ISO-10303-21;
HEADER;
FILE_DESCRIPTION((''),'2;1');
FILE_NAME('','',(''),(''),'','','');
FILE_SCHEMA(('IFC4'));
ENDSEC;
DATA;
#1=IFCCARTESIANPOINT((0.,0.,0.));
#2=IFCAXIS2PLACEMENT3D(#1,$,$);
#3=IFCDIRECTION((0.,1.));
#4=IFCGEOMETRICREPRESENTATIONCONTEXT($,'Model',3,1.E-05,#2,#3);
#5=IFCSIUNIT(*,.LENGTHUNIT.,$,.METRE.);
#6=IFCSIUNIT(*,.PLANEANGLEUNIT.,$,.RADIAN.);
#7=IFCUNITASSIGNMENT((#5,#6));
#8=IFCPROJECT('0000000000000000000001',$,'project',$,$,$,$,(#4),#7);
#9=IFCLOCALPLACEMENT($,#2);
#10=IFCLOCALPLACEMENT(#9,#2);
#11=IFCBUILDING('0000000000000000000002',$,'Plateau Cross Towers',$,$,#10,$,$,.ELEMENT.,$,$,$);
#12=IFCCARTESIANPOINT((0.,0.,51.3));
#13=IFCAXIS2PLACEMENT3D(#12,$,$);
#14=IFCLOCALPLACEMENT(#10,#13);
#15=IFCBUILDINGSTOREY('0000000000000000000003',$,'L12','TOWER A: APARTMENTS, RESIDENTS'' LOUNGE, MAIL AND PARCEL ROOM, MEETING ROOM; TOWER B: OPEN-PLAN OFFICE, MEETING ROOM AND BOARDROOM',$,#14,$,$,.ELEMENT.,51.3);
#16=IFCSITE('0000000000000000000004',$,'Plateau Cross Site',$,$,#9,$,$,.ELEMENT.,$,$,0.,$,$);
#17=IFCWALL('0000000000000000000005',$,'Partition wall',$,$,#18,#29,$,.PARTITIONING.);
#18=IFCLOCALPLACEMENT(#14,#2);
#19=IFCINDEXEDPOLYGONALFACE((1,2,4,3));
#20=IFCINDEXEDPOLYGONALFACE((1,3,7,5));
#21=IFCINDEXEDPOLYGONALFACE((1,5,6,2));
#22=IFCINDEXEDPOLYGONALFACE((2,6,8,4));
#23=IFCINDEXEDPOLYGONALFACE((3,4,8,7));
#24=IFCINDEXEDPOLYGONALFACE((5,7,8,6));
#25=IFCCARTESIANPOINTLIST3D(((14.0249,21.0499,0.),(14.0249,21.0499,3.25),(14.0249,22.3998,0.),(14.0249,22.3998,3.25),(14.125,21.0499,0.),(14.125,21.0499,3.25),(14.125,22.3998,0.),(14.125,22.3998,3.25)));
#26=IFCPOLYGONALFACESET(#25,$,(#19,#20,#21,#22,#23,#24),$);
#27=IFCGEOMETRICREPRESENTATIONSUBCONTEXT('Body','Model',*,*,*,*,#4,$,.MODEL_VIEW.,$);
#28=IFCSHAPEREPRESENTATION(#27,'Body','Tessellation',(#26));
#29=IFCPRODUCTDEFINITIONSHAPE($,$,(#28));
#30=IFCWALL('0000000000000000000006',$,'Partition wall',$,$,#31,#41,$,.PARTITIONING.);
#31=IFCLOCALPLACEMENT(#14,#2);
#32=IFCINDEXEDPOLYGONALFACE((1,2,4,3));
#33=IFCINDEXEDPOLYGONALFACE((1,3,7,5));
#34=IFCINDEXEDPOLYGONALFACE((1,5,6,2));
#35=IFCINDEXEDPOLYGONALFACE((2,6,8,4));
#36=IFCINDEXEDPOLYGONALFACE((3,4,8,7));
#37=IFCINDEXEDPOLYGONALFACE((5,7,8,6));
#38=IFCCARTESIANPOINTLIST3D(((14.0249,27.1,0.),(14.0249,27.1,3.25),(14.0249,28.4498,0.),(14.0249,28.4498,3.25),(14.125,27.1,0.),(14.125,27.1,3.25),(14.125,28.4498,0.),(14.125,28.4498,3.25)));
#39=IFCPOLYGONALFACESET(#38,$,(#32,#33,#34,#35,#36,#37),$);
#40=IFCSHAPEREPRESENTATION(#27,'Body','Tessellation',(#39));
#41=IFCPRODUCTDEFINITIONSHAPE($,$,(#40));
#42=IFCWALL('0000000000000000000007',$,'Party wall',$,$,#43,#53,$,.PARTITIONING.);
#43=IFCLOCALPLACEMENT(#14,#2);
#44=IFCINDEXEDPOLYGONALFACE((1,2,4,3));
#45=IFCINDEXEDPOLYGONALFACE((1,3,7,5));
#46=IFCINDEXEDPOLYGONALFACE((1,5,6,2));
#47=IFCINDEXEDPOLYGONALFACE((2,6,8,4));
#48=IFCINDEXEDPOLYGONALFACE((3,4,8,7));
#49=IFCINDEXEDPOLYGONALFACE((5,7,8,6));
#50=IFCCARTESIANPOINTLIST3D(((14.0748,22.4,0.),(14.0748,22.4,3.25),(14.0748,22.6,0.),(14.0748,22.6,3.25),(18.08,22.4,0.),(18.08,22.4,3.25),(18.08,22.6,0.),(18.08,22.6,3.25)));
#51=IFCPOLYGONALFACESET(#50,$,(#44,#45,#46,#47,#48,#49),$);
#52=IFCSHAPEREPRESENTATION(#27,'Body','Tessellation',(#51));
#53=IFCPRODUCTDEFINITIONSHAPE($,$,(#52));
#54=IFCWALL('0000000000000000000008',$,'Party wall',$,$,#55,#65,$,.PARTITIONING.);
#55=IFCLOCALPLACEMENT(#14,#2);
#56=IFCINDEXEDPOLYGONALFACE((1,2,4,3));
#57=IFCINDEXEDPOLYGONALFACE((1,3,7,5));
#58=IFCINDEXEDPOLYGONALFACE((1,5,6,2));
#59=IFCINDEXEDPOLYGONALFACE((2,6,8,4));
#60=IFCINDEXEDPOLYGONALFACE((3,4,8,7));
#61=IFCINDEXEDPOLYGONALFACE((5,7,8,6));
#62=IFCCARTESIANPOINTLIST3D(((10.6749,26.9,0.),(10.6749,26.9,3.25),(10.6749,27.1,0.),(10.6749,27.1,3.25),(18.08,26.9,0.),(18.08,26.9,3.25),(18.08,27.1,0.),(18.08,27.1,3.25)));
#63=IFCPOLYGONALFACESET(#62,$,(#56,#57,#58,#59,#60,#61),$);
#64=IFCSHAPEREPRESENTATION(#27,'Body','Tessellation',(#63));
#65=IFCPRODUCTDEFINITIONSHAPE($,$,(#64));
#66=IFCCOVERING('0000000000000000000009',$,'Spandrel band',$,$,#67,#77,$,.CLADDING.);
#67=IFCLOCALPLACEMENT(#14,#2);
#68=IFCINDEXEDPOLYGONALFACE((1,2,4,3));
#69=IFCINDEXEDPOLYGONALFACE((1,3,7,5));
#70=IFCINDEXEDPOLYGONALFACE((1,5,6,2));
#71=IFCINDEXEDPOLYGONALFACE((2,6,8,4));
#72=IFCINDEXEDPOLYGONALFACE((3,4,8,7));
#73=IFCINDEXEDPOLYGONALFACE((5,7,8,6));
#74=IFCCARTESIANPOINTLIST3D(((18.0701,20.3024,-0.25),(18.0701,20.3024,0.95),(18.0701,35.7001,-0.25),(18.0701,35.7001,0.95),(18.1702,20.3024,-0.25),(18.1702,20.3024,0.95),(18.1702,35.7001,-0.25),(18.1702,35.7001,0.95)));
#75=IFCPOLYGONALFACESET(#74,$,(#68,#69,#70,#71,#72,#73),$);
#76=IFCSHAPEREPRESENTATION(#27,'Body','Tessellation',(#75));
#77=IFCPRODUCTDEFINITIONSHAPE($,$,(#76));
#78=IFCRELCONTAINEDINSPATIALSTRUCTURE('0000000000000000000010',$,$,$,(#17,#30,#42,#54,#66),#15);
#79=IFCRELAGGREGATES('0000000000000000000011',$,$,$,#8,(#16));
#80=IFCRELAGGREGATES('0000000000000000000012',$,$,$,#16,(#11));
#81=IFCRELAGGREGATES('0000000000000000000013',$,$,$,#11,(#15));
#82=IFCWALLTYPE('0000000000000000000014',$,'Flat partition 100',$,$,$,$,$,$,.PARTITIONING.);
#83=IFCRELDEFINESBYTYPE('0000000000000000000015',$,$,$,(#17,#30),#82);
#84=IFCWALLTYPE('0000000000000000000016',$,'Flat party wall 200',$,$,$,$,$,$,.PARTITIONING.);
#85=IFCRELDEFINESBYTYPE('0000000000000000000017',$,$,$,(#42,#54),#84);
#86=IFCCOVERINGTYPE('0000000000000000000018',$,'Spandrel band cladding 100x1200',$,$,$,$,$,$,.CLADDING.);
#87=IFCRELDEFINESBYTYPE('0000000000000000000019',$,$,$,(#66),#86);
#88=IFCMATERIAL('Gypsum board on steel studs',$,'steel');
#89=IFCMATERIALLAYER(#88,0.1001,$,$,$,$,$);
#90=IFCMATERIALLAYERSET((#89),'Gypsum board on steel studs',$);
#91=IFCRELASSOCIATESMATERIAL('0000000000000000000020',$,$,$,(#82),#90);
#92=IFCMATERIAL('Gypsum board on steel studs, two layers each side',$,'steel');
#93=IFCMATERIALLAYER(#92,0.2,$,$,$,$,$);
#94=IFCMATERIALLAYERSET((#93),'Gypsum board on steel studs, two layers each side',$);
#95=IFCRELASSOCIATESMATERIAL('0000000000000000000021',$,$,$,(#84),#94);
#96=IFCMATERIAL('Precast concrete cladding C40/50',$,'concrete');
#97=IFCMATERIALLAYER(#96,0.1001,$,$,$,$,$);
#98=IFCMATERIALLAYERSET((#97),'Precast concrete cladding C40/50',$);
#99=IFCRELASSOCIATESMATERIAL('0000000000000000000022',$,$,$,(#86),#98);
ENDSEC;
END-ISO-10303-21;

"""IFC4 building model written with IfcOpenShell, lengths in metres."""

from ifc_helpers import new_model, si_unit, direction, frame, frame_2d, origin, origin_2d, place, context, subcontext, project, spatial, rectangle, extrude, material, layer, layer_set, type_object, element, save


model = new_model("IFC4")

# Units and contexts
model_context = context("Model", 3, precision=1e-05, world=origin(), true_north=direction((0.0, 1.0)))
body_context = subcontext(model_context, "Body", "Model", "MODEL_VIEW")
ifc_project = project(units=[si_unit("LENGTHUNIT", "METRE"), si_unit("PLANEANGLEUNIT", "RADIAN")], contexts=[model_context])

# Site, building, storey
site_placement = place(None, origin())
site = spatial("IfcSite", under=ifc_project, at=site_placement, Name="Plateau Cross Site", CompositionType="ELEMENT", RefElevation=0.0)
building_placement = place(site_placement, origin())
building = spatial("IfcBuilding", under=site, at=building_placement, Name="Plateau Cross Towers", CompositionType="ELEMENT")
storey_placement = place(building_placement, frame((0.0, 0.0, 51.3)))
storey = spatial("IfcBuildingStorey", under=building, at=storey_placement, Name="L12", Description="TOWER A: APARTMENTS, RESIDENTS' LOUNGE, MAIL AND PARCEL ROOM, MEETING ROOM; TOWER B: OPEN-PLAN OFFICE, MEETING ROOM AND BOARDROOM", CompositionType="ELEMENT", Elevation=51.3)

# Shared definitions
ifc_material_1 = material(Name="Gypsum board on steel studs", Category="steel")
ifc_layer_1 = layer(ifc_material_1, 0.1001)
ifc_layer_set_1 = layer_set([ifc_layer_1], Name="Gypsum board on steel studs")
wall_type_1 = type_object("IfcWallType", Name="Flat partition 100", PredefinedType="PARTITIONING", material=ifc_layer_set_1)

# Walls
for number, where, z_axis, x_axis, name in (
    (1, (14.075, 21.05, 0.0), (0.0, 0.0, 1.0), (0.0, 1.0, 0.0), "Partition wall"),
    (2, (14.075, 27.1001, 0.0), (0.0, 0.0, 1.0), (0.0, 1.0, 0.0), "Partition wall"),
):
    element("IfcWall", number, at=place(storey_placement, frame(where, z_axis=z_axis, x_axis=x_axis)), inside=storey, type_object=wall_type_1, Name=name, PredefinedType="PARTITIONING", context=body_context, shape_type="SweptSolid", body=[
        extrude(rectangle(XDim=1.3499, YDim=0.1001, at=frame_2d((0.6748, 0.0))), origin(), (0.0, 0.0, 1.0), 3.25),
    ])
ifc_material_2 = material(Name="Gypsum board on steel studs, two layers each side", Category="steel")
ifc_layer_2 = layer(ifc_material_2, 0.2)
ifc_layer_set_2 = layer_set([ifc_layer_2], Name="Gypsum board on steel studs, two layers each side")
wall_type_2 = type_object("IfcWallType", Name="Flat party wall 200", PredefinedType="PARTITIONING", material=ifc_layer_set_2)
wall_1_placement = place(storey_placement, frame((14.075, 22.5, 0.0), z_axis=(0.0, 0.0, 1.0), x_axis=(1.0, 0.0, 0.0)))
element("IfcWall", 3, at=wall_1_placement, inside=storey, type_object=wall_type_2, Name="Party wall", PredefinedType="PARTITIONING", context=body_context, shape_type="SweptSolid", body=[
    extrude(rectangle(XDim=4.0051, YDim=0.2, at=frame_2d((2.0024, 0.0))), origin(), (0.0, 0.0, 1.0), 3.25),
])
wall_2_placement = place(storey_placement, frame((18.0801, 27.0, 0.0), z_axis=(0.0, 0.0, 1.0), x_axis=(-1.0, 0.0, 0.0)))
element("IfcWall", 4, at=wall_2_placement, inside=storey, type_object=wall_type_2, Name="Party wall", PredefinedType="PARTITIONING", context=body_context, shape_type="SweptSolid", body=[
    extrude(rectangle(XDim=7.405, YDim=0.2, at=frame_2d((3.7026, 0.0))), origin(), (0.0, 0.0, 1.0), 3.25),
])

# Covering
ifc_material_3 = material(Name="Precast concrete cladding C40/50", Category="concrete")
ifc_layer_3 = layer(ifc_material_3, 0.1001)
ifc_layer_set_3 = layer_set([ifc_layer_3], Name="Precast concrete cladding C40/50")
covering_type = type_object("IfcCoveringType", Name="Spandrel band cladding 100x1200", PredefinedType="CLADDING", material=ifc_layer_set_3)
covering_placement = place(storey_placement, frame((18.1201, 28.0012, -0.25), z_axis=(0.0, 0.0, 1.0), x_axis=(0.0, 1.0, 0.0)))
element("IfcCovering", 5, at=covering_placement, inside=storey, type_object=covering_type, Name="Spandrel band", PredefinedType="CLADDING", context=body_context, shape_type="SweptSolid", body=[
    extrude(rectangle(XDim=15.3977, YDim=0.1001, at=origin_2d()), origin(), (0.0, 0.0, 1.0), 1.2),
])

save(model, "model.ifc")
